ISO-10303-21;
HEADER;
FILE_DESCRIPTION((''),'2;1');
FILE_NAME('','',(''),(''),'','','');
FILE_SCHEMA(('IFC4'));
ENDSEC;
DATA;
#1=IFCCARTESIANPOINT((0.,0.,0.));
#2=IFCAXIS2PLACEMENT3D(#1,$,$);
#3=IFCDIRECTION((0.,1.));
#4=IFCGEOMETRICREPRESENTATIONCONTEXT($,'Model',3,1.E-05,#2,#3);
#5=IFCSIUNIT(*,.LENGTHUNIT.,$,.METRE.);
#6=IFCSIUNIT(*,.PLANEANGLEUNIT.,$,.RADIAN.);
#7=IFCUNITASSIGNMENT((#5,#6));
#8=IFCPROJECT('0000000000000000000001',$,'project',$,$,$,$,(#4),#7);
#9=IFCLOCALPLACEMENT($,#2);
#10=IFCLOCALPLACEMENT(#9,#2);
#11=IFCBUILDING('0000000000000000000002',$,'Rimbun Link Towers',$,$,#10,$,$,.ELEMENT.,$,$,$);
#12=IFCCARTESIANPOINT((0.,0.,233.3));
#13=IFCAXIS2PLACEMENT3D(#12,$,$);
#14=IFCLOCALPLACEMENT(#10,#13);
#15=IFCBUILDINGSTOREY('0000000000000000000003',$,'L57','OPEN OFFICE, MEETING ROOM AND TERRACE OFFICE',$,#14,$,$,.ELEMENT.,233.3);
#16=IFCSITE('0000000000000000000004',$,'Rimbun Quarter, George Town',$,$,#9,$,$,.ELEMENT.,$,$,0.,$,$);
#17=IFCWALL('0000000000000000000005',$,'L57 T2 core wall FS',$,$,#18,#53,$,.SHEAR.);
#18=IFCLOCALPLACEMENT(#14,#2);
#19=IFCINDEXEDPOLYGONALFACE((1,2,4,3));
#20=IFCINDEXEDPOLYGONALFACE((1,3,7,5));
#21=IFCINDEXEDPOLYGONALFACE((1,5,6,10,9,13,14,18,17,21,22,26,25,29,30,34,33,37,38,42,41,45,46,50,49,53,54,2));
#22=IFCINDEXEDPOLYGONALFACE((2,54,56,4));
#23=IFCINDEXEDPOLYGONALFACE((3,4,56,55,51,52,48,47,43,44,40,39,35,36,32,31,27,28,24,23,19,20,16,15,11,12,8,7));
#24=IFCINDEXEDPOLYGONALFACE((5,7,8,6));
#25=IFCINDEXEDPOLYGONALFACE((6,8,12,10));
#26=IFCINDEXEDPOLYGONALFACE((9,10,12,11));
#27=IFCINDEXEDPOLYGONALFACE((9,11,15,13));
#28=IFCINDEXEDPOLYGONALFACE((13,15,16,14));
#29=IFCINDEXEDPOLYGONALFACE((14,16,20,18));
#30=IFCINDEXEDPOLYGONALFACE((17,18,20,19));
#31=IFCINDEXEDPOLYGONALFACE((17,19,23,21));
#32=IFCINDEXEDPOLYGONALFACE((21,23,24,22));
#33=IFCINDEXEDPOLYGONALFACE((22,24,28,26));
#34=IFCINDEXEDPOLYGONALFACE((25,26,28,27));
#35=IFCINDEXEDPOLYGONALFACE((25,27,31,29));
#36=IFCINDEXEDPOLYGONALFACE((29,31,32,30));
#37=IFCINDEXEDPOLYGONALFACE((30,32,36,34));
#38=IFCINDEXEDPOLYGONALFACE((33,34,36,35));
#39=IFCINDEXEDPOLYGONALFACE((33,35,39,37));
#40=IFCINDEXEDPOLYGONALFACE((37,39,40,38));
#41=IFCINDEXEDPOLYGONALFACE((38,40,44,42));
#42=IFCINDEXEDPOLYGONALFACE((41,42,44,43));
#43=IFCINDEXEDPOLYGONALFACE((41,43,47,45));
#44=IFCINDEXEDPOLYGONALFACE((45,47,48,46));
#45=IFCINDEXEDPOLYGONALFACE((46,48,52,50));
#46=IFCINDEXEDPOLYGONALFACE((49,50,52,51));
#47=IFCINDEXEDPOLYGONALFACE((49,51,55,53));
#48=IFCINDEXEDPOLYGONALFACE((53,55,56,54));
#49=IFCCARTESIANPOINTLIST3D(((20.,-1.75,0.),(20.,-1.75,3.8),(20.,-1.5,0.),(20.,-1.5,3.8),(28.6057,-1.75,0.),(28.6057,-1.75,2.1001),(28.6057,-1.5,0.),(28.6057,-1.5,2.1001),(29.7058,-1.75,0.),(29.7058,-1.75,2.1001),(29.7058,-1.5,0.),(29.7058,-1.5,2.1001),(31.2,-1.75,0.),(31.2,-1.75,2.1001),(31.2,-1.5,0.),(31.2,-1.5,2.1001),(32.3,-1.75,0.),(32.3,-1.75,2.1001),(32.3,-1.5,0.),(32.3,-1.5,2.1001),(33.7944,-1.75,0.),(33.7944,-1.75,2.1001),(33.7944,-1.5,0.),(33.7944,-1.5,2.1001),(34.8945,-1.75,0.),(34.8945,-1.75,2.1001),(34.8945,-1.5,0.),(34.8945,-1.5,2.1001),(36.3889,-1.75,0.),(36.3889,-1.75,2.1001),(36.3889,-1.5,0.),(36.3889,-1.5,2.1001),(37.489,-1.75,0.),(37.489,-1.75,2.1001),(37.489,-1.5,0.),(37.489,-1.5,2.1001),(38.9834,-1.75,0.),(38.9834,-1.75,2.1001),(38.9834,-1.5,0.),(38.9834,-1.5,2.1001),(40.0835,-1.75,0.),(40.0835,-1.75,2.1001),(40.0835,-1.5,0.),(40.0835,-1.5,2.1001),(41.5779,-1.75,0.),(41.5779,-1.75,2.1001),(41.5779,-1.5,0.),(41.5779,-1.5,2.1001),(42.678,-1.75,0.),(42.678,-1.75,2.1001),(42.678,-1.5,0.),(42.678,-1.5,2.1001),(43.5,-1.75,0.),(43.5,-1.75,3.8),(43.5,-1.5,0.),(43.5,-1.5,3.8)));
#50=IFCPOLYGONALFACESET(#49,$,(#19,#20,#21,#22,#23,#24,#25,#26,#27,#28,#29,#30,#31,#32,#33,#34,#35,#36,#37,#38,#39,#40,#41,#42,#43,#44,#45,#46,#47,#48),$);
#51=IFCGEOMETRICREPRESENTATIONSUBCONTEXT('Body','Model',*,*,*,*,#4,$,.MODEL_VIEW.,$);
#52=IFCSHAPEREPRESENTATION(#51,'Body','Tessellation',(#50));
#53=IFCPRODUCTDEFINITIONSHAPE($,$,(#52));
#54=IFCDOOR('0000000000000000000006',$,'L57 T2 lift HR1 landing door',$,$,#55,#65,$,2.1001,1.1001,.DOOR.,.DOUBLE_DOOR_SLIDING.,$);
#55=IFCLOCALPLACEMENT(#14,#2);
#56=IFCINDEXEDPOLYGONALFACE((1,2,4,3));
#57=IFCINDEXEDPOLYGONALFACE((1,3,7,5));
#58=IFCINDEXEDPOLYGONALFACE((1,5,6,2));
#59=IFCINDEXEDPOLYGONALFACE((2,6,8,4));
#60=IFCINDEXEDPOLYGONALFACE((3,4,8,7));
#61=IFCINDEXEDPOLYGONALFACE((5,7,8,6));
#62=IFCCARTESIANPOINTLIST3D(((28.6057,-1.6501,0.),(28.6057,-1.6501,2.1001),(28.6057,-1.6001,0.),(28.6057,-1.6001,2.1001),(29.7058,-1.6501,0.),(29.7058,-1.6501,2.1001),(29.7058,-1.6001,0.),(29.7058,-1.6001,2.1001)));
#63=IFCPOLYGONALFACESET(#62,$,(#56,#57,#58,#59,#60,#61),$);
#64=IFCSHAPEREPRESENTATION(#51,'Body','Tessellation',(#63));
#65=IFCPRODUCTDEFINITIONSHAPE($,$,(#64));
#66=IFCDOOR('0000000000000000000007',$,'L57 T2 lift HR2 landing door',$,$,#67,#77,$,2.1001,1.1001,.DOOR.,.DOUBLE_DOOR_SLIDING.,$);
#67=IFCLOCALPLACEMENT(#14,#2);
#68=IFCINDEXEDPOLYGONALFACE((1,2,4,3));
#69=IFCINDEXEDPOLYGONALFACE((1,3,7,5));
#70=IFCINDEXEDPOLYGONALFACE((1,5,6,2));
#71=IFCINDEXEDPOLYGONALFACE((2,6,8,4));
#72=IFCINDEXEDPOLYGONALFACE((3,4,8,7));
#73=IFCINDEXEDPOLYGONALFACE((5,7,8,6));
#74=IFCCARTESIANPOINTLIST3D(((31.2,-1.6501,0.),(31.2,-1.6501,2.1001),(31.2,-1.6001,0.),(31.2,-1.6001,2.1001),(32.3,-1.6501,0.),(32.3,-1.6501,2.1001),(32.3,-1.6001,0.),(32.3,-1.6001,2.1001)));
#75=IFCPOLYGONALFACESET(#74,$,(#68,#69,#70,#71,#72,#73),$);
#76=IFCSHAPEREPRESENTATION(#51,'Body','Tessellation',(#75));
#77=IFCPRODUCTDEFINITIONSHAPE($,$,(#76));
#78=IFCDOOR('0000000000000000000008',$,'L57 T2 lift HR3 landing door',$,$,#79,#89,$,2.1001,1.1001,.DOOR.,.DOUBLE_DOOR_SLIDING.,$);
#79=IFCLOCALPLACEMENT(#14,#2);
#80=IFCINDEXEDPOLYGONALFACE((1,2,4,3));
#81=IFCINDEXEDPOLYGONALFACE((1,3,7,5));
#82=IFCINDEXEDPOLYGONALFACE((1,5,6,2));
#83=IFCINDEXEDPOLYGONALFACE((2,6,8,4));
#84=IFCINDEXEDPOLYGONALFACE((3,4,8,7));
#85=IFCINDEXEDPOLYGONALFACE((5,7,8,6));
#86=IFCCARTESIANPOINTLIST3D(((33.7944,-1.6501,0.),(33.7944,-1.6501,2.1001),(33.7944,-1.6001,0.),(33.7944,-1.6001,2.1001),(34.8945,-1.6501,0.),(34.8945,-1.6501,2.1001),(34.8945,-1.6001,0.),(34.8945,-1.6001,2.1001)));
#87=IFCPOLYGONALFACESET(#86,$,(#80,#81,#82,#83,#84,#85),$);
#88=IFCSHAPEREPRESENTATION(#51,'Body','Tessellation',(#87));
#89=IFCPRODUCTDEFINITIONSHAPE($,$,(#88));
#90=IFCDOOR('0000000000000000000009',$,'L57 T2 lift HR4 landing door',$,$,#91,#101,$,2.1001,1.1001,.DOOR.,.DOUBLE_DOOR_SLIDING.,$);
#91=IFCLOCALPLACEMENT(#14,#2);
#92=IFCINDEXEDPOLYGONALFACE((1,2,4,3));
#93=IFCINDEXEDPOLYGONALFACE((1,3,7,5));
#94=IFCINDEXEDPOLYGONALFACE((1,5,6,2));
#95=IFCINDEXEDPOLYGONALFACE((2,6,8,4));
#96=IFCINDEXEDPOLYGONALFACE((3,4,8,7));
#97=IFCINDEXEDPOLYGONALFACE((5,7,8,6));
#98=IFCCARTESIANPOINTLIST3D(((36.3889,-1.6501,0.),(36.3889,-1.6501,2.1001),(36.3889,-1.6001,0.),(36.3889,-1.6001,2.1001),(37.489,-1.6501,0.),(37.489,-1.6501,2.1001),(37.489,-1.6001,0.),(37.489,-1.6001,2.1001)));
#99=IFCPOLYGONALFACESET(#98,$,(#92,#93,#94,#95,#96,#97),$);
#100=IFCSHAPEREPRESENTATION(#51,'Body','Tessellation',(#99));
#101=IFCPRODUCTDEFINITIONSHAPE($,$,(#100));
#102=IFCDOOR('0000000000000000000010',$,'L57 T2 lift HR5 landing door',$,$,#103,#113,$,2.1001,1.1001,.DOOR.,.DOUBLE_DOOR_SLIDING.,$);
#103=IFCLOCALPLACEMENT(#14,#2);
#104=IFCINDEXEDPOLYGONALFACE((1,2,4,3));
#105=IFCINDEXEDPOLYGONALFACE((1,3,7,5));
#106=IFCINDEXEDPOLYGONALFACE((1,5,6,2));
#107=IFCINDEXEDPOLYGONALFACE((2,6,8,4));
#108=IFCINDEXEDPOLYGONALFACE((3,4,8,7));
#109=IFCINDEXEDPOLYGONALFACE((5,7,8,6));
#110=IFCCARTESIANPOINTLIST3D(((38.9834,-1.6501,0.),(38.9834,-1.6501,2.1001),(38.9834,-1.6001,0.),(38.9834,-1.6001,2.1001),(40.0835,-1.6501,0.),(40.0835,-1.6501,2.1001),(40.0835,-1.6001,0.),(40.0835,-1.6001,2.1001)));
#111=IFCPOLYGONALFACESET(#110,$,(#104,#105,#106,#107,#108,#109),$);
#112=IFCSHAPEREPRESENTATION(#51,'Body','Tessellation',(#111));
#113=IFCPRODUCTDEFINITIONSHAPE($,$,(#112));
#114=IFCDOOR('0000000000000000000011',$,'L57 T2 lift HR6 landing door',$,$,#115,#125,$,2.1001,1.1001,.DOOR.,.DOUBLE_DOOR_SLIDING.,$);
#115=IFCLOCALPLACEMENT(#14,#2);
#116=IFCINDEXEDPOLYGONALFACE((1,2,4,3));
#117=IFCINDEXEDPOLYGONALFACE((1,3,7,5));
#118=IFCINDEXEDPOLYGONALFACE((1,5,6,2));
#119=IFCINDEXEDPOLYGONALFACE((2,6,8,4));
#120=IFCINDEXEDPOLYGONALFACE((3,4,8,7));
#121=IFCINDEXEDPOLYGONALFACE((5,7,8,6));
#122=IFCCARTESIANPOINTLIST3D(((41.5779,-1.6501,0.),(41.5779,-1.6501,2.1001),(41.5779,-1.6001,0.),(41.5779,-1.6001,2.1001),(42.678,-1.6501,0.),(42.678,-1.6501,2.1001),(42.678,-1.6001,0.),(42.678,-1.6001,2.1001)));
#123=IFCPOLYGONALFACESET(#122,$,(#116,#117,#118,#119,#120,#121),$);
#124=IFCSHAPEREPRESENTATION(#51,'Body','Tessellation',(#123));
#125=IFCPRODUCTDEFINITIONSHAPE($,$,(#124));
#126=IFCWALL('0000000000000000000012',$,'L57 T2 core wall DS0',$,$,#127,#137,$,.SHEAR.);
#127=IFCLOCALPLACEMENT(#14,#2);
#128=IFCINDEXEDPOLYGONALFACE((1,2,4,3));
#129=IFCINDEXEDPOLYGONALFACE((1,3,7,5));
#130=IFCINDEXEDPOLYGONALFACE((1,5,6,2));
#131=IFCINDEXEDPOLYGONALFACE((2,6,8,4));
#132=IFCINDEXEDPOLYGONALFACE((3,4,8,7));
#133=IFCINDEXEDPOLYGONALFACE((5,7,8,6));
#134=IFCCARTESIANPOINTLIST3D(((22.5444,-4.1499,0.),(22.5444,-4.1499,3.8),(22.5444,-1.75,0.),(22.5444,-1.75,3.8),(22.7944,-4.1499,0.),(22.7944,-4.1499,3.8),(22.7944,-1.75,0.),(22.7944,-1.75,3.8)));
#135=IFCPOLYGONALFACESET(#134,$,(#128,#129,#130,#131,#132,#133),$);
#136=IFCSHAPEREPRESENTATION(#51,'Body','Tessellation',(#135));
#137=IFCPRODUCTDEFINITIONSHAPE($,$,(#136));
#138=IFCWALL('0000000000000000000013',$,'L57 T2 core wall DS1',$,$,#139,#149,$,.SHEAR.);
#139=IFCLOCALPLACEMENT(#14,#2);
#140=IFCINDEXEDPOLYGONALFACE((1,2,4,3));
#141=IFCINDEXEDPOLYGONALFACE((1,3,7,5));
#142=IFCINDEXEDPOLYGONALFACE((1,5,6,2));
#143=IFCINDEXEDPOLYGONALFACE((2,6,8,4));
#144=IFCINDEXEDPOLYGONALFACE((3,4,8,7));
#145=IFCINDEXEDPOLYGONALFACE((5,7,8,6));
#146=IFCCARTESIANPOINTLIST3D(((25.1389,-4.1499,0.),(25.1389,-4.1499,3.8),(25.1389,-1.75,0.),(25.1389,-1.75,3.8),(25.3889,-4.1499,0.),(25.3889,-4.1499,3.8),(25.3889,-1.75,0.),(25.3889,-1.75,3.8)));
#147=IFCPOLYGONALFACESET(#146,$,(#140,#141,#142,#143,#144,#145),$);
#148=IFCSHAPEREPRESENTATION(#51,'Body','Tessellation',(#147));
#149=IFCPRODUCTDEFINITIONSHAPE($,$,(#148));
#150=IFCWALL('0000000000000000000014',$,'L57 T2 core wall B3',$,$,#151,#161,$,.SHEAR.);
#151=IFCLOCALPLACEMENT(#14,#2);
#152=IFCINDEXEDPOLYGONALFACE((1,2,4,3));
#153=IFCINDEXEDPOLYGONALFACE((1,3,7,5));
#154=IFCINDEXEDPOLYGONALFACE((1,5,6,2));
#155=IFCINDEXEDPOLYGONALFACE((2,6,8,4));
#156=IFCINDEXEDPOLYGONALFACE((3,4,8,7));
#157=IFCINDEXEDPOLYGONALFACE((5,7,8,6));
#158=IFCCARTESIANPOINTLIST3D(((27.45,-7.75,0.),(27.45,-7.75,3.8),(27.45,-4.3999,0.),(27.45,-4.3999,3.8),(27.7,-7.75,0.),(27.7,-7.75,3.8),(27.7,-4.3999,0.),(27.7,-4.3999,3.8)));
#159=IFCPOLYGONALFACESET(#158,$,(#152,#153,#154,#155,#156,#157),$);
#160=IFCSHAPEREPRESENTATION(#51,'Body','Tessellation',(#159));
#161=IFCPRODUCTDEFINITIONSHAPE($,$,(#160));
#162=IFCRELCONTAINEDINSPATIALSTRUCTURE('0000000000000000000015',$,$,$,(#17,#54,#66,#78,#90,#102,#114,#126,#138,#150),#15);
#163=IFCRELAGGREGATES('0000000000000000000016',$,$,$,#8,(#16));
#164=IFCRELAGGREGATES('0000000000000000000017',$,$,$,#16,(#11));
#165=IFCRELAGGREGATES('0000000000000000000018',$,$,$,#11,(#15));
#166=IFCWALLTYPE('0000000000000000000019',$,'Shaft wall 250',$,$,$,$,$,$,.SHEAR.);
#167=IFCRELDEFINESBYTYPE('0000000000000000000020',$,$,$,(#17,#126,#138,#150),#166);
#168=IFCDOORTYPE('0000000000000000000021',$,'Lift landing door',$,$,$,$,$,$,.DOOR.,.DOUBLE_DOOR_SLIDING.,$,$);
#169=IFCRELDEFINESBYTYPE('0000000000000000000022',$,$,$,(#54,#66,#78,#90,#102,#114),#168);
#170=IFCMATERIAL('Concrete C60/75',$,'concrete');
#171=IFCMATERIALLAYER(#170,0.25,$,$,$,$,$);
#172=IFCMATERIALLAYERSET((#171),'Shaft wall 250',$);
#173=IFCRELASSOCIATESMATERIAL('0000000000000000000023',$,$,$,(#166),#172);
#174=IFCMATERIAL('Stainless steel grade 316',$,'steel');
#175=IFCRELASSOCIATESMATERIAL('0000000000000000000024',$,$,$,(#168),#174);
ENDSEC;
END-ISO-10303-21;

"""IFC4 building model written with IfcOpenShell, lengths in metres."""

from ifc_helpers import new_model, si_unit, direction, frame, frame_2d, origin, place, context, subcontext, project, spatial, rectangle, extrude, material, layer, layer_set, type_object, element, fill, save


model = new_model("IFC4")

# Units and contexts
model_context = context("Model", 3, precision=1e-05, world=origin(), true_north=direction((0.0, 1.0)))
body_context = subcontext(model_context, "Body", "Model", "MODEL_VIEW")
ifc_project = project(units=[si_unit("LENGTHUNIT", "METRE"), si_unit("PLANEANGLEUNIT", "RADIAN")], contexts=[model_context])

# Site, building, storey
site_placement = place(None, origin())
site = spatial("IfcSite", under=ifc_project, at=site_placement, Name="Rimbun Quarter, George Town", CompositionType="ELEMENT", RefElevation=0.0)
building_placement = place(site_placement, origin())
building = spatial("IfcBuilding", under=site, at=building_placement, Name="Rimbun Link Towers", CompositionType="ELEMENT")
storey_placement = place(building_placement, frame((0.0, 0.0, 233.3)))
storey = spatial("IfcBuildingStorey", under=building, at=storey_placement, Name="L57", Description="OPEN OFFICE, MEETING ROOM AND TERRACE OFFICE", CompositionType="ELEMENT", Elevation=233.3)

# Shared definitions
ifc_material_1 = material(Name="Concrete C60/75", Category="concrete")
ifc_layer_1 = layer(ifc_material_1, 0.25)
ifc_layer_set_1 = layer_set([ifc_layer_1], Name="Shaft wall 250")
wall_type_1 = type_object("IfcWallType", Name="Shaft wall 250", PredefinedType="SHEAR", material=ifc_layer_set_1)

# Wall, openings, doors
wall_1_placement = place(storey_placement, frame((20.0, -1.625, 0.0), z_axis=(0.0, 0.0, 1.0), x_axis=(1.0, 0.0, 0.0)))
wall_1 = element("IfcWall", 1, at=wall_1_placement, inside=storey, type_object=wall_type_1, Name="L57 T2 core wall FS", PredefinedType="SHEAR", context=body_context, shape_type="SweptSolid", body=[
    extrude(rectangle(XDim=23.5, YDim=0.25, at=frame_2d((11.75, 0.0))), origin(), (0.0, 0.0, 1.0), 3.8),
])
opening_1_placement = place(wall_1_placement, frame((8.6057, 0.0, 0.0)))
opening_1 = element("IfcOpeningElement", 2, at=opening_1_placement, cuts=wall_1, PredefinedType="OPENING", context=body_context, shape_type="SweptSolid", body=[
    extrude(rectangle(XDim=1.1001, YDim=2.1001, at=frame_2d((0.55, 1.05))), frame((0.0, 0.135, 0.0), z_axis=(0.0, -1.0, 0.0), x_axis=(1.0, 0.0, 0.0)), (0.0, 0.0, 1.0), 0.27),
])
opening_2_placement = place(wall_1_placement, frame((11.2, 0.0, 0.0)))
opening_2 = element("IfcOpeningElement", 3, at=opening_2_placement, cuts=wall_1, PredefinedType="OPENING", context=body_context, shape_type="SweptSolid", body=[
    extrude(rectangle(XDim=1.1001, YDim=2.1001, at=frame_2d((0.55, 1.05))), frame((0.0, 0.135, 0.0), z_axis=(0.0, -1.0, 0.0), x_axis=(1.0, 0.0, 0.0)), (0.0, 0.0, 1.0), 0.27),
])
opening_3_placement = place(wall_1_placement, frame((13.7944, 0.0, 0.0)))
opening_3 = element("IfcOpeningElement", 4, at=opening_3_placement, cuts=wall_1, PredefinedType="OPENING", context=body_context, shape_type="SweptSolid", body=[
    extrude(rectangle(XDim=1.1001, YDim=2.1001, at=frame_2d((0.55, 1.05))), frame((0.0, 0.135, 0.0), z_axis=(0.0, -1.0, 0.0), x_axis=(1.0, 0.0, 0.0)), (0.0, 0.0, 1.0), 0.27),
])
opening_4_placement = place(wall_1_placement, frame((16.3889, 0.0, 0.0)))
opening_4 = element("IfcOpeningElement", 5, at=opening_4_placement, cuts=wall_1, PredefinedType="OPENING", context=body_context, shape_type="SweptSolid", body=[
    extrude(rectangle(XDim=1.1001, YDim=2.1001, at=frame_2d((0.55, 1.05))), frame((0.0, 0.135, 0.0), z_axis=(0.0, -1.0, 0.0), x_axis=(1.0, 0.0, 0.0)), (0.0, 0.0, 1.0), 0.27),
])
opening_5_placement = place(wall_1_placement, frame((18.9834, 0.0, 0.0)))
opening_5 = element("IfcOpeningElement", 6, at=opening_5_placement, cuts=wall_1, PredefinedType="OPENING", context=body_context, shape_type="SweptSolid", body=[
    extrude(rectangle(XDim=1.1001, YDim=2.1001, at=frame_2d((0.55, 1.05))), frame((0.0, 0.135, 0.0), z_axis=(0.0, -1.0, 0.0), x_axis=(1.0, 0.0, 0.0)), (0.0, 0.0, 1.0), 0.27),
])
opening_6_placement = place(wall_1_placement, frame((21.5779, 0.0, 0.0)))
opening_6 = element("IfcOpeningElement", 7, at=opening_6_placement, cuts=wall_1, PredefinedType="OPENING", context=body_context, shape_type="SweptSolid", body=[
    extrude(rectangle(XDim=1.1001, YDim=2.1001, at=frame_2d((0.55, 1.05))), frame((0.0, 0.135, 0.0), z_axis=(0.0, -1.0, 0.0), x_axis=(1.0, 0.0, 0.0)), (0.0, 0.0, 1.0), 0.27),
])
ifc_material_2 = material(Name="Stainless steel grade 316", Category="steel")
door_type_1 = type_object("IfcDoorType", Name="Lift landing door", OperationType="DOUBLE_DOOR_SLIDING", PredefinedType="DOOR", material=ifc_material_2)
door_1_placement = place(opening_1_placement, origin())
door_1 = element("IfcDoor", 8, at=door_1_placement, inside=storey, type_object=door_type_1, Name="L57 T2 lift HR1 landing door", OperationType="DOUBLE_DOOR_SLIDING", OverallHeight=2.1001, OverallWidth=1.1001, PredefinedType="DOOR", context=body_context, shape_type="SweptSolid", body=[
    extrude(rectangle(XDim=1.1001, YDim=2.1001, at=frame_2d((0.55, 1.05))), frame((0.0, 0.0249, 0.0), z_axis=(0.0, -1.0, 0.0), x_axis=(1.0, 0.0, 0.0)), (0.0, 0.0, 1.0), 0.05),
])
fill(opening_1, door_1)
door_2_placement = place(opening_2_placement, origin())
door_2 = element("IfcDoor", 9, at=door_2_placement, inside=storey, type_object=door_type_1, Name="L57 T2 lift HR2 landing door", OperationType="DOUBLE_DOOR_SLIDING", OverallHeight=2.1001, OverallWidth=1.1001, PredefinedType="DOOR", context=body_context, shape_type="SweptSolid", body=[
    extrude(rectangle(XDim=1.1001, YDim=2.1001, at=frame_2d((0.55, 1.05))), frame((0.0, 0.0249, 0.0), z_axis=(0.0, -1.0, 0.0), x_axis=(1.0, 0.0, 0.0)), (0.0, 0.0, 1.0), 0.05),
])
fill(opening_2, door_2)
door_3_placement = place(opening_3_placement, origin())
door_3 = element("IfcDoor", 10, at=door_3_placement, inside=storey, type_object=door_type_1, Name="L57 T2 lift HR3 landing door", OperationType="DOUBLE_DOOR_SLIDING", OverallHeight=2.1001, OverallWidth=1.1001, PredefinedType="DOOR", context=body_context, shape_type="SweptSolid", body=[
    extrude(rectangle(XDim=1.1001, YDim=2.1001, at=frame_2d((0.55, 1.05))), frame((0.0, 0.0249, 0.0), z_axis=(0.0, -1.0, 0.0), x_axis=(1.0, 0.0, 0.0)), (0.0, 0.0, 1.0), 0.05),
])
fill(opening_3, door_3)
door_4_placement = place(opening_4_placement, origin())
door_4 = element("IfcDoor", 11, at=door_4_placement, inside=storey, type_object=door_type_1, Name="L57 T2 lift HR4 landing door", OperationType="DOUBLE_DOOR_SLIDING", OverallHeight=2.1001, OverallWidth=1.1001, PredefinedType="DOOR", context=body_context, shape_type="SweptSolid", body=[
    extrude(rectangle(XDim=1.1001, YDim=2.1001, at=frame_2d((0.55, 1.05))), frame((0.0, 0.0249, 0.0), z_axis=(0.0, -1.0, 0.0), x_axis=(1.0, 0.0, 0.0)), (0.0, 0.0, 1.0), 0.05),
])
fill(opening_4, door_4)
door_5_placement = place(opening_5_placement, origin())
door_5 = element("IfcDoor", 12, at=door_5_placement, inside=storey, type_object=door_type_1, Name="L57 T2 lift HR5 landing door", OperationType="DOUBLE_DOOR_SLIDING", OverallHeight=2.1001, OverallWidth=1.1001, PredefinedType="DOOR", context=body_context, shape_type="SweptSolid", body=[
    extrude(rectangle(XDim=1.1001, YDim=2.1001, at=frame_2d((0.55, 1.05))), frame((0.0, 0.0249, 0.0), z_axis=(0.0, -1.0, 0.0), x_axis=(1.0, 0.0, 0.0)), (0.0, 0.0, 1.0), 0.05),
])
fill(opening_5, door_5)
door_6_placement = place(opening_6_placement, origin())
door_6 = element("IfcDoor", 13, at=door_6_placement, inside=storey, type_object=door_type_1, Name="L57 T2 lift HR6 landing door", OperationType="DOUBLE_DOOR_SLIDING", OverallHeight=2.1001, OverallWidth=1.1001, PredefinedType="DOOR", context=body_context, shape_type="SweptSolid", body=[
    extrude(rectangle(XDim=1.1001, YDim=2.1001, at=frame_2d((0.55, 1.05))), frame((0.0, 0.0249, 0.0), z_axis=(0.0, -1.0, 0.0), x_axis=(1.0, 0.0, 0.0)), (0.0, 0.0, 1.0), 0.05),
])
fill(opening_6, door_6)

# Walls
for number, where, z_axis, x_axis, name in (
    (14, (22.6694, -4.1499, 0.0), (0.0, 0.0, 1.0), (0.0, 1.0, 0.0), "L57 T2 core wall DS0"),
    (15, (25.2639, -4.1499, 0.0), (0.0, 0.0, 1.0), (0.0, 1.0, 0.0), "L57 T2 core wall DS1"),
):
    element("IfcWall", number, at=place(storey_placement, frame(where, z_axis=z_axis, x_axis=x_axis)), inside=storey, type_object=wall_type_1, Name=name, PredefinedType="SHEAR", context=body_context, shape_type="SweptSolid", body=[
        extrude(rectangle(XDim=2.3999, YDim=0.25, at=frame_2d((1.2, 0.0))), origin(), (0.0, 0.0, 1.0), 3.8),
    ])
wall_2_placement = place(storey_placement, frame((27.575, -4.3999, 0.0), z_axis=(0.0, 0.0, 1.0), x_axis=(0.0, -1.0, 0.0)))
element("IfcWall", 16, at=wall_2_placement, inside=storey, type_object=wall_type_1, Name="L57 T2 core wall B3", PredefinedType="SHEAR", context=body_context, shape_type="SweptSolid", body=[
    extrude(rectangle(XDim=3.3501, YDim=0.25, at=frame_2d((1.675, 0.0))), origin(), (0.0, 0.0, 1.0), 3.8),
])

save(model, "model.ifc")
